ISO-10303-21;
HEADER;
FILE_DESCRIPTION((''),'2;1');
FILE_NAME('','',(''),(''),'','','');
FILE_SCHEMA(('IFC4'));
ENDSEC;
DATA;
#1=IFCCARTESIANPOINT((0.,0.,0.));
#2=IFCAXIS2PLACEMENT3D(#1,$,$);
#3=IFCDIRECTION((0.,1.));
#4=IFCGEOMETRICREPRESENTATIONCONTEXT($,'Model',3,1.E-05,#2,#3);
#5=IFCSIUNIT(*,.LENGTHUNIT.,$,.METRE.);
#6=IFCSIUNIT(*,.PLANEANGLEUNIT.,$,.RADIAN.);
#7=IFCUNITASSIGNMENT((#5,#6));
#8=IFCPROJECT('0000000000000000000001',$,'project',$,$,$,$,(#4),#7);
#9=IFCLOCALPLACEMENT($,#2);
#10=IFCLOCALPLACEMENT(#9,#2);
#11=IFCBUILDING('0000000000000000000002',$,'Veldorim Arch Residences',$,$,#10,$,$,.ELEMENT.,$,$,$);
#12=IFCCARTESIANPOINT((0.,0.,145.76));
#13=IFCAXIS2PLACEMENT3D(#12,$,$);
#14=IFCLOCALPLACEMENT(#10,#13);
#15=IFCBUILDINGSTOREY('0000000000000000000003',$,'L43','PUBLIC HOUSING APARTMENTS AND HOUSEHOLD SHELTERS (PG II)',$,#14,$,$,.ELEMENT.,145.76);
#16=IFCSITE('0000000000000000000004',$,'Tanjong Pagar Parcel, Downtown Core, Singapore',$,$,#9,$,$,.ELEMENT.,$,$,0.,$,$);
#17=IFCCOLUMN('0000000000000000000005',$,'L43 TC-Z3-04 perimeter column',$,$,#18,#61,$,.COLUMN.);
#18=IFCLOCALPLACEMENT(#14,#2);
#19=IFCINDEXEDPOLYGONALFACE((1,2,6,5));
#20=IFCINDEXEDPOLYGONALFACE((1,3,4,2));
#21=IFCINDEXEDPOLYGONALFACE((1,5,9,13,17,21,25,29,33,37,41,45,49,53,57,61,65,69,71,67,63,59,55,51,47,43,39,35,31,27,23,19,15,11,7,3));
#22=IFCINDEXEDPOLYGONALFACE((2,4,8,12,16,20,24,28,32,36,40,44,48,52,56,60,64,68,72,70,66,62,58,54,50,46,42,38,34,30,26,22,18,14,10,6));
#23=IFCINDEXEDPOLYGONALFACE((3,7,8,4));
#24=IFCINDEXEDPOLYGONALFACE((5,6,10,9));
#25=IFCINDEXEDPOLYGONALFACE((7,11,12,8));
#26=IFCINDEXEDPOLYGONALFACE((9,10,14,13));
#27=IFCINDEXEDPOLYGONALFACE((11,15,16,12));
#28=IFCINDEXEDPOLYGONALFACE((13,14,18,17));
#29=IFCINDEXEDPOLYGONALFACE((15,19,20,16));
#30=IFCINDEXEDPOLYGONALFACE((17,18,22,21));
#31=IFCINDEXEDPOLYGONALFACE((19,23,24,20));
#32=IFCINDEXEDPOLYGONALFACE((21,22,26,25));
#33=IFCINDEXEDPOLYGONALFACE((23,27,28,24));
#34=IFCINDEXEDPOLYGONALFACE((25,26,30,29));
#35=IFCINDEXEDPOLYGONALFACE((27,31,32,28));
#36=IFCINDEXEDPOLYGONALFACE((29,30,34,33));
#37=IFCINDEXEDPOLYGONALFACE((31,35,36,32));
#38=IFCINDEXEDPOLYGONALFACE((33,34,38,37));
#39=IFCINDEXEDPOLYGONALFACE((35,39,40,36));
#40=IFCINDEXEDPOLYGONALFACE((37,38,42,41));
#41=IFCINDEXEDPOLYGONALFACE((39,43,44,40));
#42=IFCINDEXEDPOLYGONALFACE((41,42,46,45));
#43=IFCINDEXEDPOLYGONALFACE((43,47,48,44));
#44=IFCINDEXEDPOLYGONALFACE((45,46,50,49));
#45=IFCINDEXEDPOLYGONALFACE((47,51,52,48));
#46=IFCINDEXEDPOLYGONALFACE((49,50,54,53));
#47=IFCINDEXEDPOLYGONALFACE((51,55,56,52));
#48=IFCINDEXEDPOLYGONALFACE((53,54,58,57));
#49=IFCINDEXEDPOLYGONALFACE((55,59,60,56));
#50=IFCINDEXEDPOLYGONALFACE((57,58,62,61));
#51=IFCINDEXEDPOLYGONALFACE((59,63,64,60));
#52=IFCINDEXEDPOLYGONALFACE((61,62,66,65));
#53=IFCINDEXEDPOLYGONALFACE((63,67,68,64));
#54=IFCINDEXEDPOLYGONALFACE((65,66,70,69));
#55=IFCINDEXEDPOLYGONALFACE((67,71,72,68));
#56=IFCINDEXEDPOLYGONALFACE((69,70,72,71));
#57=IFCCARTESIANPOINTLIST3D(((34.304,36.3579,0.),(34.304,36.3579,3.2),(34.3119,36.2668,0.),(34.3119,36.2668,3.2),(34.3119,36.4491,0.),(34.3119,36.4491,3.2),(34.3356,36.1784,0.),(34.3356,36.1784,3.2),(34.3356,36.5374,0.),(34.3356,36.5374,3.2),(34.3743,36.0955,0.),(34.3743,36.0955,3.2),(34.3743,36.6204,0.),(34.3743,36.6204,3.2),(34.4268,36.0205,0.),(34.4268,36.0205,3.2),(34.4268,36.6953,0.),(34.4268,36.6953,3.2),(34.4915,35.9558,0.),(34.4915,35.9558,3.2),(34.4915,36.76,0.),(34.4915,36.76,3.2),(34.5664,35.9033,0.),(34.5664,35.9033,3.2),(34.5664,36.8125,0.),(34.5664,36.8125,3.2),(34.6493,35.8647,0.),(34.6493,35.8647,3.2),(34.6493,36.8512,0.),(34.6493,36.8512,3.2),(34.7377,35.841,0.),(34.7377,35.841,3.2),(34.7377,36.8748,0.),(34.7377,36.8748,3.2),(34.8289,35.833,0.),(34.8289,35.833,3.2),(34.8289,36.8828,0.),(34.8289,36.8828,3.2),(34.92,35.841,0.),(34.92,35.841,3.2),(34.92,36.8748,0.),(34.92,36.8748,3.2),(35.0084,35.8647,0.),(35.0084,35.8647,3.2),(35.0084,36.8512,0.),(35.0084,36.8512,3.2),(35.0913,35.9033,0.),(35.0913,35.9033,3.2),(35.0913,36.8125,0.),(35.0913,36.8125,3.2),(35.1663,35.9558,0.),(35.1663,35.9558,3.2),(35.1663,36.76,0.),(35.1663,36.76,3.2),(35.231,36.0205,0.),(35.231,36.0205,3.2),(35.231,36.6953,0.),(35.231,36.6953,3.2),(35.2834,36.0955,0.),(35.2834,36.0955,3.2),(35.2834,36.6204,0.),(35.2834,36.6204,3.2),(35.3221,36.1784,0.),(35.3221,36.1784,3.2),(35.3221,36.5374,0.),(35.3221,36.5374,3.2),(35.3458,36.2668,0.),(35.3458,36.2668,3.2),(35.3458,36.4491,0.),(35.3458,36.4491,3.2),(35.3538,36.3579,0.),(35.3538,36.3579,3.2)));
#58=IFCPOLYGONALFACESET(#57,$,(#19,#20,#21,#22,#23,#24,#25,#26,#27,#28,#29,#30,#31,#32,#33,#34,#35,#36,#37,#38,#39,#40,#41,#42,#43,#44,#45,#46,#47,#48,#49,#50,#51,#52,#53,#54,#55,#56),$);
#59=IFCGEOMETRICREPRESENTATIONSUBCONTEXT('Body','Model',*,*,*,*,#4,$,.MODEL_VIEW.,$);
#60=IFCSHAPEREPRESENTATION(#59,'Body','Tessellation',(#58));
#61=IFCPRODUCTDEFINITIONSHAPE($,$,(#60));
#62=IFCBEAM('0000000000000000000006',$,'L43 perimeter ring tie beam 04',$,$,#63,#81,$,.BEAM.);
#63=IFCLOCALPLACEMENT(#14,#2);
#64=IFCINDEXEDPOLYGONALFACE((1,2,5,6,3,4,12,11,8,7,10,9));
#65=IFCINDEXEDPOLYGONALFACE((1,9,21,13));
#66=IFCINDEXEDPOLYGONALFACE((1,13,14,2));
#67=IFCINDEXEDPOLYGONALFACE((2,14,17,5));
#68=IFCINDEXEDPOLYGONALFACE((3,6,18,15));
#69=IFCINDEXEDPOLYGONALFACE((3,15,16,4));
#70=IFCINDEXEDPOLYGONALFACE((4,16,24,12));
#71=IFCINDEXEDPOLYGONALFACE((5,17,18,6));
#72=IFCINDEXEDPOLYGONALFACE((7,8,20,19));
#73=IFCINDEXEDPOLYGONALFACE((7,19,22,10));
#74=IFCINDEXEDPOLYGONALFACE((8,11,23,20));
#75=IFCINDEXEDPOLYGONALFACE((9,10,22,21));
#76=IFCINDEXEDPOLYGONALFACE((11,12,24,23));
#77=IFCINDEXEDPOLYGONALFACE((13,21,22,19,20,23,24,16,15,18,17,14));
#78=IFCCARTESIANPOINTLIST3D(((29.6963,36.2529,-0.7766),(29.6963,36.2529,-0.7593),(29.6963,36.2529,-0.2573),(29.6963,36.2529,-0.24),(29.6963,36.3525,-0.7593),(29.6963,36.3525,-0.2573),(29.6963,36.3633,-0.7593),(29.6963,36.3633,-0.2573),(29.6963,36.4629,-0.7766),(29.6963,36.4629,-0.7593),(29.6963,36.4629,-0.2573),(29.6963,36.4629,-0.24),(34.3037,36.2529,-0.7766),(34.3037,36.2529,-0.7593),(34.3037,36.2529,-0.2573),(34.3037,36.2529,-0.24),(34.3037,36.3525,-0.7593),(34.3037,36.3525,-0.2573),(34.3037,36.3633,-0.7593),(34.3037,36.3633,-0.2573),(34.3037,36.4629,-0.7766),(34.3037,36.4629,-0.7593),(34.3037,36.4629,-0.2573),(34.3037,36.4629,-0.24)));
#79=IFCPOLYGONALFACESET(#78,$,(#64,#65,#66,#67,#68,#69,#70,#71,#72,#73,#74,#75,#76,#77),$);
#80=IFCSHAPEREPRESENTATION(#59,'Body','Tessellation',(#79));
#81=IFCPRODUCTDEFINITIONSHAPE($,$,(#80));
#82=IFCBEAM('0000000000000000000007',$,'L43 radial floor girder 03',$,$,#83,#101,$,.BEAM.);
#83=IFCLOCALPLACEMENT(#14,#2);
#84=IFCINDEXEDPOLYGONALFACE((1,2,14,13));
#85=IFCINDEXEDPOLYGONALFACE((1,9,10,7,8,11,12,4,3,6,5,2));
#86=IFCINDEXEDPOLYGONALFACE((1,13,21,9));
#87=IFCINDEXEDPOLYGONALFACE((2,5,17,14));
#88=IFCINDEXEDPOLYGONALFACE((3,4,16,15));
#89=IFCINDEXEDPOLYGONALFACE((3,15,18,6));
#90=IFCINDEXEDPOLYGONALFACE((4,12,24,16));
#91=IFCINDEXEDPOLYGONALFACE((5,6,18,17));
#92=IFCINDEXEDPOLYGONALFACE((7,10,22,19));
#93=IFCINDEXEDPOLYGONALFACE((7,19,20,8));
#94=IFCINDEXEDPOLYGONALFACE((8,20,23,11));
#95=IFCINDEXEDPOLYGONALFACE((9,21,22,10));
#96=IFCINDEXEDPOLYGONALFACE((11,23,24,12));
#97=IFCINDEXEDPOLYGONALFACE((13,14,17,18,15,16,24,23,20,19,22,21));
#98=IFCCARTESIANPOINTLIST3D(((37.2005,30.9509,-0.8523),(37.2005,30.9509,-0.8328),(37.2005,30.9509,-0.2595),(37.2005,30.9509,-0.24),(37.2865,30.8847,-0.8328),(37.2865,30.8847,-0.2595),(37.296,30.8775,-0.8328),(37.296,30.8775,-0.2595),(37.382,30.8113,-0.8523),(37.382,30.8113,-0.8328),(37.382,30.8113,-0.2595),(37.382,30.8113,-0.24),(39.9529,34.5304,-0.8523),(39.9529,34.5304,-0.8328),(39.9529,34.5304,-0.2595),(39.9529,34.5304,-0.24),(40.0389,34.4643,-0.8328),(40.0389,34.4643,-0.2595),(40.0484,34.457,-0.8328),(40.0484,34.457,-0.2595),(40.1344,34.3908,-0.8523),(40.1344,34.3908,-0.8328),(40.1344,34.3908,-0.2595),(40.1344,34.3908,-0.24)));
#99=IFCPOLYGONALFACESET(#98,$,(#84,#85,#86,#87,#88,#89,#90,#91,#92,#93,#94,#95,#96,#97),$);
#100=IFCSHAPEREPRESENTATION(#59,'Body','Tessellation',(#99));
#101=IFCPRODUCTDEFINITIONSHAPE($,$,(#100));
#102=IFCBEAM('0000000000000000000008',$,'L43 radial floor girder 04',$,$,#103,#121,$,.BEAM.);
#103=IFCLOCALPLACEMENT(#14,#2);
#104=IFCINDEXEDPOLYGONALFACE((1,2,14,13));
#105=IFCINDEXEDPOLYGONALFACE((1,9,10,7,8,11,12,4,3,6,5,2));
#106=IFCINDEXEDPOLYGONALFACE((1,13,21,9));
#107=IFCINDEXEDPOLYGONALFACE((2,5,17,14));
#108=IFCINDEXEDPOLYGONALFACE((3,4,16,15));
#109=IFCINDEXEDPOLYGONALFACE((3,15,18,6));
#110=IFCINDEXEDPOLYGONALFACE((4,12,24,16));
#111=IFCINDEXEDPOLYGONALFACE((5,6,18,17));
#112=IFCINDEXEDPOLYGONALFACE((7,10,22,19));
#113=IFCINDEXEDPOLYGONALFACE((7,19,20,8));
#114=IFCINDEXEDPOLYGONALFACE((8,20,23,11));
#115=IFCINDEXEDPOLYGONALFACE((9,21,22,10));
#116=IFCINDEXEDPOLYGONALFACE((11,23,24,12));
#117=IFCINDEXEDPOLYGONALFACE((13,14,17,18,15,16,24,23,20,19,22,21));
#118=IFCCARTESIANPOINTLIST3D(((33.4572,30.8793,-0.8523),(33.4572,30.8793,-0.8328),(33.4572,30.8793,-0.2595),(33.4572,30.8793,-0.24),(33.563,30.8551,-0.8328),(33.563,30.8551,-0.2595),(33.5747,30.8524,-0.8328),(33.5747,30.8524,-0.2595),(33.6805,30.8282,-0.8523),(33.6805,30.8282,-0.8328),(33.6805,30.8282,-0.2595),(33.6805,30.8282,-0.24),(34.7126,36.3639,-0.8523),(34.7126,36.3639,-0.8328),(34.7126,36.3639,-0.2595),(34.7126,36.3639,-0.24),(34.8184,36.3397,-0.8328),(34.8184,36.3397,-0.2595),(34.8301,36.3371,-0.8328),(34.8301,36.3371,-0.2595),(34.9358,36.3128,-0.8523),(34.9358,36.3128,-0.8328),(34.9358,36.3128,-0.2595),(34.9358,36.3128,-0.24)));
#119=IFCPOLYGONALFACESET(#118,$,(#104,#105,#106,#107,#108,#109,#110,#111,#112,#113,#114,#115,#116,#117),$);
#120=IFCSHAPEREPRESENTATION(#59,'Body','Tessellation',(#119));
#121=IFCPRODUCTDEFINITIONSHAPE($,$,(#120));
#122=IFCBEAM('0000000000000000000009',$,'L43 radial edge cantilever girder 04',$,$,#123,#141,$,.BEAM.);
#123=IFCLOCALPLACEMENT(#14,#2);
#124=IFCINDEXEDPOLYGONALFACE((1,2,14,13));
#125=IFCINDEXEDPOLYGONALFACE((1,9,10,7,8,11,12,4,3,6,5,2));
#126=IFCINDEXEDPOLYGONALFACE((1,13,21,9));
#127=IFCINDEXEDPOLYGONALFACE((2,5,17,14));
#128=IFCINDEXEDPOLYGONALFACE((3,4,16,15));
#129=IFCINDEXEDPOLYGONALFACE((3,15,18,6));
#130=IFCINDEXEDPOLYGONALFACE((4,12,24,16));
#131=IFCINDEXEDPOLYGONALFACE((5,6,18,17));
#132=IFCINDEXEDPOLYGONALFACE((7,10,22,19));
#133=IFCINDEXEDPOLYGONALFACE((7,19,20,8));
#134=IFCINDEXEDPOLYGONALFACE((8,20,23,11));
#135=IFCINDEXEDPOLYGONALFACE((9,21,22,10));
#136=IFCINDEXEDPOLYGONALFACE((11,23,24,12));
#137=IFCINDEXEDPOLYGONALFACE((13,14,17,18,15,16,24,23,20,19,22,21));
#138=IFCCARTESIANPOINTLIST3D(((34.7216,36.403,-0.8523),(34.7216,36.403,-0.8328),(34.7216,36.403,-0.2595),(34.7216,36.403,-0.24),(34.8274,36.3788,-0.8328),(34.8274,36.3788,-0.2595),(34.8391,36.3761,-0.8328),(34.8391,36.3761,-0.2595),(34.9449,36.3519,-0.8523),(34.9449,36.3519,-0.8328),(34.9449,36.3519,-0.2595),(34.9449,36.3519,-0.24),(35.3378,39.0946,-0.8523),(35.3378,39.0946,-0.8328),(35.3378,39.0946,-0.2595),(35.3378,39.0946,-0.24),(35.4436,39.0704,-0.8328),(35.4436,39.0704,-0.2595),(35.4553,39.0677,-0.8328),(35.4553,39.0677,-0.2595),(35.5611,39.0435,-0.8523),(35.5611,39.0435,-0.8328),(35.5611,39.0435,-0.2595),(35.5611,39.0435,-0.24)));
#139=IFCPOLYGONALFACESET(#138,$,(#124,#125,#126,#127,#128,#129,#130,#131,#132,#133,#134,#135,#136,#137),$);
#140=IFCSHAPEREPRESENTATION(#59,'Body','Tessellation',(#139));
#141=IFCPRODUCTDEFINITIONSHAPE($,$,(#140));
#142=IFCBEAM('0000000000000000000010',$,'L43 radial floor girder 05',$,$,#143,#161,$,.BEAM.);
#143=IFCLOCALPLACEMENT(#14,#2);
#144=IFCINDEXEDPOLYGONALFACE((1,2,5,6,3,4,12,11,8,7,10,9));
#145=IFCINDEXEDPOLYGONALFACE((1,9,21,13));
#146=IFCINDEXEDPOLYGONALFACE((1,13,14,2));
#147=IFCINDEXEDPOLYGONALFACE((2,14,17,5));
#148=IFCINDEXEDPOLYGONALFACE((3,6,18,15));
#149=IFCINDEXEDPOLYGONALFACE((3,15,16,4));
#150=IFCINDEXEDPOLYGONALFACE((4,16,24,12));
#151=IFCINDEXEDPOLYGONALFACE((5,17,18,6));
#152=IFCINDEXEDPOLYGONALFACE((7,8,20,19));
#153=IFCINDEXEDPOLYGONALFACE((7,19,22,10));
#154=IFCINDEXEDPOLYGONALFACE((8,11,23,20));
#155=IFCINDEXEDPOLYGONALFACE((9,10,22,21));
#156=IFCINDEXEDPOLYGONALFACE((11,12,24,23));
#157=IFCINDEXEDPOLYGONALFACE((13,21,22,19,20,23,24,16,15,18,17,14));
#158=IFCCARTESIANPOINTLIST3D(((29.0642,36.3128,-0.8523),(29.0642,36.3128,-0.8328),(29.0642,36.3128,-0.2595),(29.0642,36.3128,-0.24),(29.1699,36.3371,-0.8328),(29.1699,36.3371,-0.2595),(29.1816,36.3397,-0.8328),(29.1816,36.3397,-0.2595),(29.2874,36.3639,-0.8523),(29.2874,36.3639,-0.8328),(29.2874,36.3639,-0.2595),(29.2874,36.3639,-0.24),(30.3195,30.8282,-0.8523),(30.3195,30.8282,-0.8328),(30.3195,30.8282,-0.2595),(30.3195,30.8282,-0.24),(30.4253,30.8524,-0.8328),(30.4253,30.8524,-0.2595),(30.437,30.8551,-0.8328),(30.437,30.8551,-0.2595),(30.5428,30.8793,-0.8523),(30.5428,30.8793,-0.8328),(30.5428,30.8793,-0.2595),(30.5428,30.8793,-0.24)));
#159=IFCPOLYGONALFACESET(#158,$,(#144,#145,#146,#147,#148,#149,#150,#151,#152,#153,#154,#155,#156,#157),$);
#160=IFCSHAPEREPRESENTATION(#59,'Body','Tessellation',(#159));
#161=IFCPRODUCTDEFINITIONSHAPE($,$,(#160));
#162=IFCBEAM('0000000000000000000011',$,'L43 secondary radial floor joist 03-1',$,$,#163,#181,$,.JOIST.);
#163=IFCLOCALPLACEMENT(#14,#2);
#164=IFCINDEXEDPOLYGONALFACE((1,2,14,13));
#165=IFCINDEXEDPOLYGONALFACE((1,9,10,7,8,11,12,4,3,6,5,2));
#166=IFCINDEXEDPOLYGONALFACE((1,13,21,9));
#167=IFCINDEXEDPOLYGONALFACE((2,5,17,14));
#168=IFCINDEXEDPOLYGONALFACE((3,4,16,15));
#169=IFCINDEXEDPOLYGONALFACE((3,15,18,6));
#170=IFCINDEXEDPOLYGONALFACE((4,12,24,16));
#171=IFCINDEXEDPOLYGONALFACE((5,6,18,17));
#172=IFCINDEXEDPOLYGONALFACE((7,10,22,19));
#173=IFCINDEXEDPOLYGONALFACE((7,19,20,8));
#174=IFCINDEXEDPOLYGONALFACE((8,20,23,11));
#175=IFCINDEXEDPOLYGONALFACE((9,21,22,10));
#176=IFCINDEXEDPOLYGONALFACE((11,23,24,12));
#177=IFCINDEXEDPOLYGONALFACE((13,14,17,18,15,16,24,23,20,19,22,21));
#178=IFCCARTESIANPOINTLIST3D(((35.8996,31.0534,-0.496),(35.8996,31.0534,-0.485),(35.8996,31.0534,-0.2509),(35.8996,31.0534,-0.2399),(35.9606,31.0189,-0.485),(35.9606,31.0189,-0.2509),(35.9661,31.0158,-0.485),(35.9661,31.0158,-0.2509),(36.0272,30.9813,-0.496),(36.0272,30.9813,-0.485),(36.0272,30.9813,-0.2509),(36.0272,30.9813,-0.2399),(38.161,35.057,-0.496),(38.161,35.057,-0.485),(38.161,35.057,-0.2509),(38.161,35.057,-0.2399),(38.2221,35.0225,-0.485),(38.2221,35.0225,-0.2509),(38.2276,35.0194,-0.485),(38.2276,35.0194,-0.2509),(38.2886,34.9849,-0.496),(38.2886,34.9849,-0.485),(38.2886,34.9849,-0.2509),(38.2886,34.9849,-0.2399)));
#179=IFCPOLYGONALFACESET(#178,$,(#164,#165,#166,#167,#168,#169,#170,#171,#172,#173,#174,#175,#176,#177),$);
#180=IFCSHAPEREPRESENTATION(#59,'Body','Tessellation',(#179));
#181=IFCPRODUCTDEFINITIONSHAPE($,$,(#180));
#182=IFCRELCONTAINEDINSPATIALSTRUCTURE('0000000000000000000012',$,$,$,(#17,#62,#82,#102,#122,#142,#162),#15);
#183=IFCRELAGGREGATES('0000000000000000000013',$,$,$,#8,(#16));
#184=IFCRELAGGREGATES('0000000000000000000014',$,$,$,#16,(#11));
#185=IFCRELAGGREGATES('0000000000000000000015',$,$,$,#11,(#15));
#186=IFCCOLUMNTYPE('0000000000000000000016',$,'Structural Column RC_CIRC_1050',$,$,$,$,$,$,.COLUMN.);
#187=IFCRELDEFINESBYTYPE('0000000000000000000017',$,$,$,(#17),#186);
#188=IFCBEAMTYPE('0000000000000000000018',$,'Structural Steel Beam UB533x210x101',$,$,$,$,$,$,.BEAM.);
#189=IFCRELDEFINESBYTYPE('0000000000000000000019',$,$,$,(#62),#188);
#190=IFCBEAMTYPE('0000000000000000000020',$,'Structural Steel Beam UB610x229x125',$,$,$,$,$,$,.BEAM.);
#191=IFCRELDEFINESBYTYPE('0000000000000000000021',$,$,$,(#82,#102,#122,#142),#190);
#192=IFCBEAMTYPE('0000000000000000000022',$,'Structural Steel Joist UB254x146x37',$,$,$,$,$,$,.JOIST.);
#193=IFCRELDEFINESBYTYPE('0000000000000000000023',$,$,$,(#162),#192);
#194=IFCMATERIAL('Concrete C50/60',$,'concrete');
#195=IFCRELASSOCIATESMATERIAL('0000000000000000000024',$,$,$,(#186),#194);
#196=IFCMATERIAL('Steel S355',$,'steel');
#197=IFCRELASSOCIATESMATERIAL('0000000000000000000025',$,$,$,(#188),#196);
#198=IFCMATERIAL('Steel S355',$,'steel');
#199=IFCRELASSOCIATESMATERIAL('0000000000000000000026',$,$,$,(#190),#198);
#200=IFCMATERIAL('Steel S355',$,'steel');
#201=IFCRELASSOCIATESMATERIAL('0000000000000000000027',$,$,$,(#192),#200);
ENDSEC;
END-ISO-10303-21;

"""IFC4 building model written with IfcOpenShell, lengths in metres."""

from ifc_helpers import new_model, si_unit, direction, frame, origin, origin_2d, place, context, subcontext, project, spatial, circle, i_section, extrude, material, material_profile, profile_set, type_object, element, save


model = new_model("IFC4")

# Units and contexts
model_context = context("Model", 3, precision=1e-05, world=origin(), true_north=direction((0.0, 1.0)))
body_context = subcontext(model_context, "Body", "Model", "MODEL_VIEW")
ifc_project = project(units=[si_unit("LENGTHUNIT", "METRE"), si_unit("PLANEANGLEUNIT", "RADIAN")], contexts=[model_context])

# Site, building, storey
site_placement = place(None, origin())
site = spatial("IfcSite", under=ifc_project, at=site_placement, Name="Tanjong Pagar Parcel, Downtown Core, Singapore", CompositionType="ELEMENT", RefElevation=0.0)
building_placement = place(site_placement, origin())
building = spatial("IfcBuilding", under=site, at=building_placement, Name="Veldorim Arch Residences", CompositionType="ELEMENT")
storey_placement = place(building_placement, frame((0.0, 0.0, 145.76)))
storey = spatial("IfcBuildingStorey", under=building, at=storey_placement, Name="L43", Description="PUBLIC HOUSING APARTMENTS AND HOUSEHOLD SHELTERS (PG II)", CompositionType="ELEMENT", Elevation=145.76)

# Column
ifc_material_1 = material(Name="Concrete C50/60", Category="concrete")
ifc_material_profile_1 = material_profile(ifc_material_1, circle(Radius=0.5249, at=origin_2d()), Name="RC_CIRC_1050")
ifc_profile_set_1 = profile_set([ifc_material_profile_1], Name="Concrete C50/60")
column_type = type_object("IfcColumnType", Name="Structural Column RC_CIRC_1050", PredefinedType="COLUMN", material=ifc_profile_set_1)
column_placement = place(storey_placement, frame((34.8289, 36.3579, 0.0), z_axis=(0.0, 0.0, 1.0), x_axis=(1.0, 0.0, 0.0)))
element("IfcColumn", 1, at=column_placement, inside=storey, type_object=column_type, Name="L43 TC-Z3-04 perimeter column", PredefinedType="COLUMN", context=body_context, shape_type="SweptSolid", body=[
    extrude(circle(Radius=0.5249, at=origin_2d()), origin(), (0.0, 0.0, 1.0), 3.2),
])

# Beams
ifc_material_2 = material(Name="Steel S355", Category="steel")
ifc_material_profile_2 = material_profile(ifc_material_2, i_section(OverallWidth=0.21, OverallDepth=0.5366, WebThickness=0.0107, FlangeThickness=0.0173, at=origin_2d()), Name="UB533x210x101")
ifc_profile_set_2 = profile_set([ifc_material_profile_2], Name="Steel S355")
beam_type_1 = type_object("IfcBeamType", Name="Structural Steel Beam UB533x210x101", PredefinedType="BEAM", material=ifc_profile_set_2)
beam_1_placement = place(storey_placement, frame((34.3037, 36.3579, -0.5083), z_axis=(-1.0, 0.0, 0.0), x_axis=(0.0, -1.0, 0.0)))
element("IfcBeam", 2, at=beam_1_placement, inside=storey, type_object=beam_type_1, Name="L43 perimeter ring tie beam 04", PredefinedType="BEAM", context=body_context, shape_type="SweptSolid", body=[
    extrude(i_section(OverallWidth=0.21, OverallDepth=0.5366, WebThickness=0.0107, FlangeThickness=0.0173, at=origin_2d()), origin(), (0.0, 0.0, 1.0), 4.6074),
])
ifc_material_3 = material(Name="Steel S355", Category="steel")
ifc_material_profile_3 = material_profile(ifc_material_3, i_section(OverallWidth=0.229, OverallDepth=0.6123, WebThickness=0.012, FlangeThickness=0.0195, at=origin_2d()), Name="UB610x229x125")
ifc_profile_set_3 = profile_set([ifc_material_profile_3], Name="Steel S355")
beam_type_2 = type_object("IfcBeamType", Name="Structural Steel Beam UB610x229x125", PredefinedType="BEAM", material=ifc_profile_set_3)
beam_2_placement = place(storey_placement, frame((37.2913, 30.8811, -0.5461), z_axis=(0.609559, 0.792741, 0.0), x_axis=(-0.792741, 0.609559, 0.0)))
element("IfcBeam", 3, at=beam_2_placement, inside=storey, type_object=beam_type_2, Name="L43 radial floor girder 03", PredefinedType="BEAM", context=body_context, shape_type="SweptSolid", body=[
    extrude(i_section(OverallWidth=0.229, OverallDepth=0.6123, WebThickness=0.012, FlangeThickness=0.0195, at=origin_2d()), origin(), (0.0, 0.0, 1.0), 4.5154),
])
beam_3_placement = place(storey_placement, frame((33.5688, 30.8538, -0.5461), z_axis=(0.223119, 0.974791, 0.0), x_axis=(-0.974791, 0.223119, 0.0)))
element("IfcBeam", 4, at=beam_3_placement, inside=storey, type_object=beam_type_2, Name="L43 radial floor girder 04", PredefinedType="BEAM", context=body_context, shape_type="SweptSolid", body=[
    extrude(i_section(OverallWidth=0.229, OverallDepth=0.6123, WebThickness=0.012, FlangeThickness=0.0195, at=origin_2d()), origin(), (0.0, 0.0, 1.0), 5.6265),
])
beam_4_placement = place(storey_placement, frame((34.8333, 36.3774, -0.5461), z_axis=(0.223161, 0.974782, 0.0), x_axis=(-0.974782, 0.223161, 0.0)))
element("IfcBeam", 5, at=beam_4_placement, inside=storey, type_object=beam_type_2, Name="L43 radial edge cantilever girder 04", PredefinedType="BEAM", context=body_context, shape_type="SweptSolid", body=[
    extrude(i_section(OverallWidth=0.229, OverallDepth=0.6123, WebThickness=0.012, FlangeThickness=0.0195, at=origin_2d()), origin(), (0.0, 0.0, 1.0), 2.7612),
])
beam_5_placement = place(storey_placement, frame((30.4312, 30.8538, -0.5461), z_axis=(-0.223119, 0.974791, 0.0), x_axis=(-0.974791, -0.223119, 0.0)))
element("IfcBeam", 6, at=beam_5_placement, inside=storey, type_object=beam_type_2, Name="L43 radial floor girder 05", PredefinedType="BEAM", context=body_context, shape_type="SweptSolid", body=[
    extrude(i_section(OverallWidth=0.229, OverallDepth=0.6123, WebThickness=0.012, FlangeThickness=0.0195, at=origin_2d()), origin(), (0.0, 0.0, 1.0), 5.6265),
])
ifc_material_4 = material(Name="Steel S355", Category="steel")
ifc_material_profile_4 = material_profile(ifc_material_4, i_section(OverallWidth=0.1465, OverallDepth=0.2561, WebThickness=0.0063, FlangeThickness=0.011, at=origin_2d()), Name="UB254x146x37")
ifc_profile_set_4 = profile_set([ifc_material_profile_4], Name="Steel S355")
beam_type_3 = type_object("IfcBeamType", Name="Structural Steel Joist UB254x146x37", PredefinedType="JOIST", material=ifc_profile_set_4)
beam_6_placement = place(storey_placement, frame((35.9634, 31.0173, -0.3679), z_axis=(0.491816, 0.870699, 0.0), x_axis=(-0.870699, 0.491816, 0.0)))
element("IfcBeam", 7, at=beam_6_placement, inside=storey, type_object=beam_type_3, Name="L43 secondary radial floor joist 03-1", PredefinedType="JOIST", context=body_context, shape_type="SweptSolid", body=[
    extrude(i_section(OverallWidth=0.1465, OverallDepth=0.2561, WebThickness=0.0063, FlangeThickness=0.011, at=origin_2d()), origin(), (0.0, 0.0, 1.0), 4.5981),
])

save(model, "model.ifc")
